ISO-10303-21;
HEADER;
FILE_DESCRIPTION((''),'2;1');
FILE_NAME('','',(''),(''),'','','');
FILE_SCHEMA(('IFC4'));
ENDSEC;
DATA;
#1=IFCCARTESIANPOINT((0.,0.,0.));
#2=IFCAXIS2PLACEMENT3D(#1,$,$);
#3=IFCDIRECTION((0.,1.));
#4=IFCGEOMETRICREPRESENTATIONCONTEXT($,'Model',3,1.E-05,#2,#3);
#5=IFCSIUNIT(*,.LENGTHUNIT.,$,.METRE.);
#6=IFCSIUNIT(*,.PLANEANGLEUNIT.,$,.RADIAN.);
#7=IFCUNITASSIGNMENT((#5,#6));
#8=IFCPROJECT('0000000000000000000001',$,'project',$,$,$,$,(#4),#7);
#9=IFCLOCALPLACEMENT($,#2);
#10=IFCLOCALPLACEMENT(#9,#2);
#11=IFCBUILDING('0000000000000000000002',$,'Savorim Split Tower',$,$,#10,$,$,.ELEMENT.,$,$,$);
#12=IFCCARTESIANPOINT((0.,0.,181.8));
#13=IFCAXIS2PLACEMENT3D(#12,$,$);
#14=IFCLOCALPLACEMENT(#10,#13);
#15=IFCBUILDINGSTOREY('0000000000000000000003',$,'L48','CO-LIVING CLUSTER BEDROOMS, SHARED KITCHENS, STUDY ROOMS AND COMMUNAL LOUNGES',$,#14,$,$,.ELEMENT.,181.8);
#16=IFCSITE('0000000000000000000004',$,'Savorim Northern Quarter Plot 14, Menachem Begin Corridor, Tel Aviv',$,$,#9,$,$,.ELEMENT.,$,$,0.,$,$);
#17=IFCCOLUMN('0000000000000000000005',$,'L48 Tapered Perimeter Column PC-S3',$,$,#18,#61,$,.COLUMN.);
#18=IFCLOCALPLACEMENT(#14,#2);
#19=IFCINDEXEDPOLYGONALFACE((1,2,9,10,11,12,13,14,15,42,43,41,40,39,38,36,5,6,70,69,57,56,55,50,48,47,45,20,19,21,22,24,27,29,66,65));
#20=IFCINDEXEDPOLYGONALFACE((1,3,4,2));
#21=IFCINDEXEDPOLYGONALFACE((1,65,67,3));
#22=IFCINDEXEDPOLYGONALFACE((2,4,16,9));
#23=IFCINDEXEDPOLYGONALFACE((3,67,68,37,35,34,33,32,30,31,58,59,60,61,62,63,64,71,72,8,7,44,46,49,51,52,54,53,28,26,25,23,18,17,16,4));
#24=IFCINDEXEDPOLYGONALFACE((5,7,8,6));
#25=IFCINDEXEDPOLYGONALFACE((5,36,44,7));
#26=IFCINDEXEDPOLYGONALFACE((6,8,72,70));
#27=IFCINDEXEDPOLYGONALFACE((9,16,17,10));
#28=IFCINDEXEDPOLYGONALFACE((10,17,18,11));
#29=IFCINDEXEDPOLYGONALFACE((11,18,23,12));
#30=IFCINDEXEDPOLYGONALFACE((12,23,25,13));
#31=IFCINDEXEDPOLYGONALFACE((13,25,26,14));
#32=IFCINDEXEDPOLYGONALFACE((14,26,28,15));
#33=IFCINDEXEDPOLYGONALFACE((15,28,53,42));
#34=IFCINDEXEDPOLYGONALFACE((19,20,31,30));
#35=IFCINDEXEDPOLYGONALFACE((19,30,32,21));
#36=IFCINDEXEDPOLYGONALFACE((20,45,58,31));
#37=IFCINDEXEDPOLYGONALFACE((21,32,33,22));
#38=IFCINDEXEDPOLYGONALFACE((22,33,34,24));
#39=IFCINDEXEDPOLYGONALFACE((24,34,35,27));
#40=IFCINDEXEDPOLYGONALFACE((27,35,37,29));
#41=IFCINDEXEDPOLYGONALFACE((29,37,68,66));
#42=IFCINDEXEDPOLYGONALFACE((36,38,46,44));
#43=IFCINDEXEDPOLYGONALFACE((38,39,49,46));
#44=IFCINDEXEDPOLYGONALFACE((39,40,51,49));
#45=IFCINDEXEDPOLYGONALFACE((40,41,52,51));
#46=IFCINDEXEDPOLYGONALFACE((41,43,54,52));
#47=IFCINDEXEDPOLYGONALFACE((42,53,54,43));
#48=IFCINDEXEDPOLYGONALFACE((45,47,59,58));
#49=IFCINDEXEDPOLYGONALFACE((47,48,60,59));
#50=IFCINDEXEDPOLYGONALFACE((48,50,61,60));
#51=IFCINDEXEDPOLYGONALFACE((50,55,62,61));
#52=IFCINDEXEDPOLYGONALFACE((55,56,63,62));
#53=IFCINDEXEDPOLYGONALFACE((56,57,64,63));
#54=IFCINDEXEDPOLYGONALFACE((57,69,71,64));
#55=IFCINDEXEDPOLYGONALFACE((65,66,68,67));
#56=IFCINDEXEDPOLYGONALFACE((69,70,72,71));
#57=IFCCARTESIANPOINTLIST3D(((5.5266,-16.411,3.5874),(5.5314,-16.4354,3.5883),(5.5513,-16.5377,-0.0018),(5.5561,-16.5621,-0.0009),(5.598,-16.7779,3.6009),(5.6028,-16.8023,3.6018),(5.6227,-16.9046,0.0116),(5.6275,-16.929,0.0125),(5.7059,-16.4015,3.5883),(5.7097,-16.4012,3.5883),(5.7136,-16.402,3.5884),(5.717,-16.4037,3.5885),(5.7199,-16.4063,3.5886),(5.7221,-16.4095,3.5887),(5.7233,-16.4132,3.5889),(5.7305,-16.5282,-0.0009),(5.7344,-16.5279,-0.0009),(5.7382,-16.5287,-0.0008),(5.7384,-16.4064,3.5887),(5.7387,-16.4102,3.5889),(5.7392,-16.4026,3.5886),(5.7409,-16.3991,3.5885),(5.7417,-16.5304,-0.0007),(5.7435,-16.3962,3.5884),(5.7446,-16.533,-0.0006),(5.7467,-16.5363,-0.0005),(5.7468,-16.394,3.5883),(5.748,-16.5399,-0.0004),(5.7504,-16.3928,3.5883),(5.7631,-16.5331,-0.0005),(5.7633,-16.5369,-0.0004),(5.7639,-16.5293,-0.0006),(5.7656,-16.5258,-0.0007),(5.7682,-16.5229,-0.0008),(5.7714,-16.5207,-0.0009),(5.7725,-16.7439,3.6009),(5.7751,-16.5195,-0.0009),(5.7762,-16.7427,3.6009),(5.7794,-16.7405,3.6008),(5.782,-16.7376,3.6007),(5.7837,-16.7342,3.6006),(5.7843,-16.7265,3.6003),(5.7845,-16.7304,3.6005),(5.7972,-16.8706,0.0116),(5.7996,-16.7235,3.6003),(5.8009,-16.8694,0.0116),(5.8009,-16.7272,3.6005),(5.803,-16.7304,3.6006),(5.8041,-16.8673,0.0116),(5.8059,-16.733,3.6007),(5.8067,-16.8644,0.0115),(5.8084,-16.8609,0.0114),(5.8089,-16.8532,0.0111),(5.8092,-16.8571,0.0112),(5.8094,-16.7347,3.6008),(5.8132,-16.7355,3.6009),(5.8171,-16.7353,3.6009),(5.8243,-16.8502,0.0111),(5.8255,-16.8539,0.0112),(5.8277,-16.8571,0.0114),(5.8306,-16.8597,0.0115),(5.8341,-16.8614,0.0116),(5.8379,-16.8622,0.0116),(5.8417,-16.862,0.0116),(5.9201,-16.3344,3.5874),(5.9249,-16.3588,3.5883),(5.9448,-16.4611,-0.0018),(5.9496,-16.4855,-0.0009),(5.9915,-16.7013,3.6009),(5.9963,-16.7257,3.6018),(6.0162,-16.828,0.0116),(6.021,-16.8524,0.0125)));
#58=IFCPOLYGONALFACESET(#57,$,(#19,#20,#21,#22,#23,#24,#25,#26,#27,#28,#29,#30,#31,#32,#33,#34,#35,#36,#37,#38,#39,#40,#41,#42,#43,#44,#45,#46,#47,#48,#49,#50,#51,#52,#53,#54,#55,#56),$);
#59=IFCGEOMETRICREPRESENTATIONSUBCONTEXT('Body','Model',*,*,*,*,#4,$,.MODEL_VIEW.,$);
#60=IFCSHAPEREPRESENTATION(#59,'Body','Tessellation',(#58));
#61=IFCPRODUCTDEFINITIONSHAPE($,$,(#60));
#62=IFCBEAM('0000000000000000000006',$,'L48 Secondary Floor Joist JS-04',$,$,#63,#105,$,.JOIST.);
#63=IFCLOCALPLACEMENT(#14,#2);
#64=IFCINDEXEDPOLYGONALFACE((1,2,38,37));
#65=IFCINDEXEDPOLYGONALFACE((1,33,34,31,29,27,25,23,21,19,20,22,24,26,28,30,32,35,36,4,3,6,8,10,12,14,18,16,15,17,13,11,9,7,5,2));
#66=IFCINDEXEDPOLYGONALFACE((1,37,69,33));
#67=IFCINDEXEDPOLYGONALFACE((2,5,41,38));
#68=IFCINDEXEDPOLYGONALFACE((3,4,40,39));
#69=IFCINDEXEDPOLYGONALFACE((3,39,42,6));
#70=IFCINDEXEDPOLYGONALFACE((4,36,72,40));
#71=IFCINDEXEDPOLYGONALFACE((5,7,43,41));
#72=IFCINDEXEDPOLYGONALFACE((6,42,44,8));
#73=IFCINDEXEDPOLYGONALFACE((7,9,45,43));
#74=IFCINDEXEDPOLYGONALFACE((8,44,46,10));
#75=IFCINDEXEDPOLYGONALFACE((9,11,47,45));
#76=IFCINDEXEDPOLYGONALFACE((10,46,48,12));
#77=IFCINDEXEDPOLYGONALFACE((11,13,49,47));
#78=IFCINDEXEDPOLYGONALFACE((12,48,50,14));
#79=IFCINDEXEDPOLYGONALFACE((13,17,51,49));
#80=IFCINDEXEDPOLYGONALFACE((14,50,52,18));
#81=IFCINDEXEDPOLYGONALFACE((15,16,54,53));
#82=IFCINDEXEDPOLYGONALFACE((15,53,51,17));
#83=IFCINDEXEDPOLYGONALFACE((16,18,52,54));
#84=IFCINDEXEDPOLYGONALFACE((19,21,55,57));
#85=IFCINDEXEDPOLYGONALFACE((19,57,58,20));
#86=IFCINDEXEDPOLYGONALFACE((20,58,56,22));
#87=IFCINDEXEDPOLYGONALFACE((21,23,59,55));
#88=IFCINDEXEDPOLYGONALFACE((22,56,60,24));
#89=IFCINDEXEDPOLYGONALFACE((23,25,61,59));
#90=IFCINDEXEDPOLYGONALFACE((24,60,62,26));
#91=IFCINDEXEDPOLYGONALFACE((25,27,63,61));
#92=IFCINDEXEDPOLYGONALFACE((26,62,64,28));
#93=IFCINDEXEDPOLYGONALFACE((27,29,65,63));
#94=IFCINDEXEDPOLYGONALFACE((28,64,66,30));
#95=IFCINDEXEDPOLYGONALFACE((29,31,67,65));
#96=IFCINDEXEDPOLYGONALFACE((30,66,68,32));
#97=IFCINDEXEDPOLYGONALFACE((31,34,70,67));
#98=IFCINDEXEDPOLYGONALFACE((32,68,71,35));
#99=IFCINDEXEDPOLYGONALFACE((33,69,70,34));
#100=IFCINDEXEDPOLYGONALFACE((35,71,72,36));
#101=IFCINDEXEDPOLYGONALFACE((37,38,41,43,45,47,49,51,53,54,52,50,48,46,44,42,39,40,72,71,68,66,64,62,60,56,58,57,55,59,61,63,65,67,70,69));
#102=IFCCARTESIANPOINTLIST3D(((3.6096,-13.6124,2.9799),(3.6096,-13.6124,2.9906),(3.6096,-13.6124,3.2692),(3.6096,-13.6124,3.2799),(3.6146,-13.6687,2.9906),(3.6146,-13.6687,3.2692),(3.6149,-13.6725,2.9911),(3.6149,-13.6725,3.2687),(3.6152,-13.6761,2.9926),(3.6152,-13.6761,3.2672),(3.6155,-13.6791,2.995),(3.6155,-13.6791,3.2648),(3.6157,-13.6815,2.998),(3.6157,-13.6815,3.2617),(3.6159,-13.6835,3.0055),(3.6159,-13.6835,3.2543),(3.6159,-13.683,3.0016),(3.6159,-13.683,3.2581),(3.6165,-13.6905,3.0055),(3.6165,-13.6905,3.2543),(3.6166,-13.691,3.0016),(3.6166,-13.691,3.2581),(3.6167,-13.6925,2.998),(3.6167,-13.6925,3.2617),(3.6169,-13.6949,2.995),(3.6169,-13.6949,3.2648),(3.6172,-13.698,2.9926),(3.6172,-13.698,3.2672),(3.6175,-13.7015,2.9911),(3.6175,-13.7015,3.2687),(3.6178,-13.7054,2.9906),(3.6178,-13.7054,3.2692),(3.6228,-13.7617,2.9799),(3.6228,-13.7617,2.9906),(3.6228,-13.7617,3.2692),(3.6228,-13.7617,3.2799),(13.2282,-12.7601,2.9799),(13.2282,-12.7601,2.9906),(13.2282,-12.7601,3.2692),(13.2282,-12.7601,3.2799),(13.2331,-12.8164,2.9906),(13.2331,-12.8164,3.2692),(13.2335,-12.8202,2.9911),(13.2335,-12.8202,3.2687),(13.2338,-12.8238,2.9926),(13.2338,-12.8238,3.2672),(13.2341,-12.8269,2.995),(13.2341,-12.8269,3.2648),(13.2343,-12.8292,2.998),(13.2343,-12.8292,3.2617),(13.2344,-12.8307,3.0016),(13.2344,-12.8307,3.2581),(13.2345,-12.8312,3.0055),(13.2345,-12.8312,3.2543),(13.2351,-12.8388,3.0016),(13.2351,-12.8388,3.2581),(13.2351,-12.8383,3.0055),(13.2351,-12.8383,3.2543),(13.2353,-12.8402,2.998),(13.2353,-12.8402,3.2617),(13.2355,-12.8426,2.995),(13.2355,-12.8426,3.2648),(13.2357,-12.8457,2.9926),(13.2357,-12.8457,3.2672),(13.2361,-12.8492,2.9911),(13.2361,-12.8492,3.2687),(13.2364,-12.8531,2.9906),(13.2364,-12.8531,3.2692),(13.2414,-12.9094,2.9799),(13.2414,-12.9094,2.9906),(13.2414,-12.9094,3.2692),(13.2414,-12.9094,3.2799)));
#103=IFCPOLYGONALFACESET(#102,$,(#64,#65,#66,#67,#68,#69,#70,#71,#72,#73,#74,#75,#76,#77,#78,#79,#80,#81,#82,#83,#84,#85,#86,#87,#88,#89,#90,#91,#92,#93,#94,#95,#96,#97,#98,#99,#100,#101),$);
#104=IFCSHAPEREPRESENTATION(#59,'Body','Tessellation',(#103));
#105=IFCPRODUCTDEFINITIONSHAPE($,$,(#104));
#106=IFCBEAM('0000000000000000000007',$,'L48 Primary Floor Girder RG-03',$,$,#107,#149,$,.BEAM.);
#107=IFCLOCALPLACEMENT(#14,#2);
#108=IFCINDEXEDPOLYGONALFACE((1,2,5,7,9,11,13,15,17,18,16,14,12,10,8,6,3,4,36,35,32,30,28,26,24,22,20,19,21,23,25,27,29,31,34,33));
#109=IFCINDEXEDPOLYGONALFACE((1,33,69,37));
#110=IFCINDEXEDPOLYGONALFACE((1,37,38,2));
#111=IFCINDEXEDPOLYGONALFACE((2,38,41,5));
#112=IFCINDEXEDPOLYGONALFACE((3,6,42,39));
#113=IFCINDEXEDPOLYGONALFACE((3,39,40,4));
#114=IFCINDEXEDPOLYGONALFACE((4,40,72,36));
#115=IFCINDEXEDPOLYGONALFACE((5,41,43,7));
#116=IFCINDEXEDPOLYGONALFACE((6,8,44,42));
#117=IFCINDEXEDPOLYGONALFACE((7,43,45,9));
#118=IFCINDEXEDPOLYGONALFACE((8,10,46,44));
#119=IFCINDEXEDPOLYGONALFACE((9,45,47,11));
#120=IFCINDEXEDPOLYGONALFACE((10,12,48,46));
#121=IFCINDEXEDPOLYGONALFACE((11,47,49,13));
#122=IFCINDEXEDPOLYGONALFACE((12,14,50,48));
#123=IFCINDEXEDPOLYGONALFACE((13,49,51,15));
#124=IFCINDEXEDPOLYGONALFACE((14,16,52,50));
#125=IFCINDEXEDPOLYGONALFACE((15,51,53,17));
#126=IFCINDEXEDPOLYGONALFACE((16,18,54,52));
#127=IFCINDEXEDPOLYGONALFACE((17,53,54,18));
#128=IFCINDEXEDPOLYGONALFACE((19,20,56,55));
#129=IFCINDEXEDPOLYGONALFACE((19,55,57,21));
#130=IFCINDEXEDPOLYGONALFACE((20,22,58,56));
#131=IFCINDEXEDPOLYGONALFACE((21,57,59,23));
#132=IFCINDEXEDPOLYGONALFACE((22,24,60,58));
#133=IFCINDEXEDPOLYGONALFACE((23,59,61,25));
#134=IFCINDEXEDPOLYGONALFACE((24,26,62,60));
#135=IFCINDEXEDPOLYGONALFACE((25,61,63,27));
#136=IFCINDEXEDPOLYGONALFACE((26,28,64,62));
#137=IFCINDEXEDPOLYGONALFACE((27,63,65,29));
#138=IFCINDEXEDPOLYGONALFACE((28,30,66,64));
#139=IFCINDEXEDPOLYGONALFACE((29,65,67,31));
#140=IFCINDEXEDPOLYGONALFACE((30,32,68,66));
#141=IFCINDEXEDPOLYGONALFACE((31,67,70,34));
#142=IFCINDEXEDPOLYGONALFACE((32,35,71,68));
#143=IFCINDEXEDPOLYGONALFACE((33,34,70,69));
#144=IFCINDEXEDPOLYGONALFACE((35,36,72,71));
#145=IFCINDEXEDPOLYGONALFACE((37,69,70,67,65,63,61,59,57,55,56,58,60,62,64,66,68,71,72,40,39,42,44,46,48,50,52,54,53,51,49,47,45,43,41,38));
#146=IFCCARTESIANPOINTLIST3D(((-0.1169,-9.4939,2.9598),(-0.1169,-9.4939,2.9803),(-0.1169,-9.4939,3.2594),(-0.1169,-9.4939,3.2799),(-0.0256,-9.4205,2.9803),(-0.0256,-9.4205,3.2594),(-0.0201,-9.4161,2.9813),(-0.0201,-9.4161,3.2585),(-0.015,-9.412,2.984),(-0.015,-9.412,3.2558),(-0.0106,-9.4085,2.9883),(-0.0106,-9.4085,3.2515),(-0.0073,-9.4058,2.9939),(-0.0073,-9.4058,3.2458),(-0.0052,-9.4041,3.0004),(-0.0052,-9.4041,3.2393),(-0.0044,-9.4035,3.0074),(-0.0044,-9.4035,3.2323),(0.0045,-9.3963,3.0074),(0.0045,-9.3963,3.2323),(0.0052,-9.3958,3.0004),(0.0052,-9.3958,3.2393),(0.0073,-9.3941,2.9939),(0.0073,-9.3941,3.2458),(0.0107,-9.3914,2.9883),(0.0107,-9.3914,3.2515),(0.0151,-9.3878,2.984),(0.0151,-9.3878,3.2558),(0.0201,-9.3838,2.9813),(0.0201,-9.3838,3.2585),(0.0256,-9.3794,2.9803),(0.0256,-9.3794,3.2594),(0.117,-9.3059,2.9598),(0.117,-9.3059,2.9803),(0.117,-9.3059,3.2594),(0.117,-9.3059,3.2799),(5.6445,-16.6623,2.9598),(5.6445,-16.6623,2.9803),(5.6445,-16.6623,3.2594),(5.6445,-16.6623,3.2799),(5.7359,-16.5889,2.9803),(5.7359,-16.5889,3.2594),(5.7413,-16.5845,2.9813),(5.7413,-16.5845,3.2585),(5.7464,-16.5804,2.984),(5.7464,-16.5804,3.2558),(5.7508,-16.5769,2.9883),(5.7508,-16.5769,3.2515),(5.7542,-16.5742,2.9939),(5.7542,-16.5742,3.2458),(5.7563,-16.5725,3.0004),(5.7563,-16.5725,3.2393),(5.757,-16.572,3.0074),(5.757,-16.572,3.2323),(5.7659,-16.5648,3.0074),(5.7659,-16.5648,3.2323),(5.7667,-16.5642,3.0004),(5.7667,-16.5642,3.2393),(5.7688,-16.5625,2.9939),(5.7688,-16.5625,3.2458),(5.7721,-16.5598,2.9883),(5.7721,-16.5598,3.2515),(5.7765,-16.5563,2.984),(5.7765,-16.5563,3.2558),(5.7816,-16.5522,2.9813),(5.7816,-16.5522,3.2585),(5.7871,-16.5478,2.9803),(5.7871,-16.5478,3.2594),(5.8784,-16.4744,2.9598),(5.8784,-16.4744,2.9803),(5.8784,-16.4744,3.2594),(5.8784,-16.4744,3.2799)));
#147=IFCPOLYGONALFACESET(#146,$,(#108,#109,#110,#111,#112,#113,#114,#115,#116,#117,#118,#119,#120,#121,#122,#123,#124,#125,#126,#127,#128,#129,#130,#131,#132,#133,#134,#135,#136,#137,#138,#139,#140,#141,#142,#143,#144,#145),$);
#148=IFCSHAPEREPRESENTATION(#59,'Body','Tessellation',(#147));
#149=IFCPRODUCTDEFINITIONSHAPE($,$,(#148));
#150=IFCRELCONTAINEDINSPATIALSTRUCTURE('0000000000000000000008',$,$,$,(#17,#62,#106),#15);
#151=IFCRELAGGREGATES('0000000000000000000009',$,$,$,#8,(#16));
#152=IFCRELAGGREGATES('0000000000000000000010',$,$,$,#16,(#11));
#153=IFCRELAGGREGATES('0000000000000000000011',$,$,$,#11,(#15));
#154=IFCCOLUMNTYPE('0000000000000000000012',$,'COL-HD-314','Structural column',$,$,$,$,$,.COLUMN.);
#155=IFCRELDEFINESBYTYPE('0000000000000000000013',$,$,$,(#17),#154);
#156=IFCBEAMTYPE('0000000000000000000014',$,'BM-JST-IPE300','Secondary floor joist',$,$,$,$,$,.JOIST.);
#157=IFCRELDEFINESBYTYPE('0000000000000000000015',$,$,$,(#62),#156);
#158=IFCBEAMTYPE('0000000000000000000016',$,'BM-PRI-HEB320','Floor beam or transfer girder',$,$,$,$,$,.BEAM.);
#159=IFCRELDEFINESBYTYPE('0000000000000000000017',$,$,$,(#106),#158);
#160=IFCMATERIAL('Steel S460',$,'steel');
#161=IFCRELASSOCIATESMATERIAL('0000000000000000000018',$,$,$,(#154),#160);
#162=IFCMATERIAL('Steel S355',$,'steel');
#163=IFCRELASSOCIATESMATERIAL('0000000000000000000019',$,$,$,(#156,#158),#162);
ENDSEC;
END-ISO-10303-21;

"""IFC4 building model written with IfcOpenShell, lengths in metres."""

from ifc_helpers import new_model, si_unit, direction, frame, origin, origin_2d, place, context, subcontext, project, spatial, i_section, extrude, material, material_profile, profile_set, type_object, element, save


model = new_model("IFC4")

# Units and contexts
model_context = context("Model", 3, precision=1e-05, world=origin(), true_north=direction((0.0, 1.0)))
body_context = subcontext(model_context, "Body", "Model", "MODEL_VIEW")
ifc_project = project(units=[si_unit("LENGTHUNIT", "METRE"), si_unit("PLANEANGLEUNIT", "RADIAN")], contexts=[model_context])

# Site, building, storey
site_placement = place(None, origin())
site = spatial("IfcSite", under=ifc_project, at=site_placement, Name="Savorim Northern Quarter Plot 14, Menachem Begin Corridor, Tel Aviv", CompositionType="ELEMENT", RefElevation=0.0)
building_placement = place(site_placement, origin())
building = spatial("IfcBuilding", under=site, at=building_placement, Name="Savorim Split Tower", CompositionType="ELEMENT")
storey_placement = place(building_placement, frame((0.0, 0.0, 181.8)))
storey = spatial("IfcBuildingStorey", under=building, at=storey_placement, Name="L48", Description="CO-LIVING CLUSTER BEDROOMS, SHARED KITCHENS, STUDY ROOMS AND COMMUNAL LOUNGES", CompositionType="ELEMENT", Elevation=181.8)

# Column
ifc_material_1 = material(Name="Steel S460", Category="steel")
ifc_material_profile_1 = material_profile(ifc_material_1, i_section(OverallWidth=0.4009, OverallDepth=0.3989, WebThickness=0.0156, FlangeThickness=0.0249, FilletRadius=0.0149, at=origin_2d()), Name="HD 400x314")
ifc_profile_set_1 = profile_set([ifc_material_profile_1], Name="Steel S460")
column_type = type_object("IfcColumnType", Name="COL-HD-314", Description="Structural column", PredefinedType="COLUMN", material=ifc_profile_set_1)
column_placement = place(storey_placement, frame((5.7861, -16.6951, 0.0054), z_axis=(-0.006866, 0.035281, 0.999354), x_axis=(-0.981586, -0.191022, 0.0)))
element("IfcColumn", 1, at=column_placement, inside=storey, type_object=column_type, Name="L48 Tapered Perimeter Column PC-S3", PredefinedType="COLUMN", context=body_context, shape_type="SweptSolid", body=[
    extrude(i_section(OverallWidth=0.4009, OverallDepth=0.3989, WebThickness=0.0156, FlangeThickness=0.0249, FilletRadius=0.0149, at=origin_2d()), origin(), (0.0, 0.0, 1.0), 3.5916),
])

# Beams
ifc_material_2 = material(Name="Steel S355", Category="steel")
ifc_material_profile_2 = material_profile(ifc_material_2, i_section(OverallWidth=0.1499, OverallDepth=0.3, WebThickness=0.0071, FlangeThickness=0.0107, FilletRadius=0.0149, at=origin_2d()), Name="IPE 300")
ifc_profile_set_2 = profile_set([ifc_material_profile_2], Name="Steel S355")
beam_type_1 = type_object("IfcBeamType", Name="BM-JST-IPE300", Description="Secondary floor joist", PredefinedType="JOIST", material=ifc_profile_set_2)
beam_1_placement = place(storey_placement, frame((3.6162, -13.687, 3.1299), z_axis=(0.996097, 0.088263, 0.0), x_axis=(-0.088263, 0.996097, 0.0)))
element("IfcBeam", 2, at=beam_1_placement, inside=storey, type_object=beam_type_1, Name="L48 Secondary Floor Joist JS-04", PredefinedType="JOIST", context=body_context, shape_type="SweptSolid", body=[
    extrude(i_section(OverallWidth=0.1499, OverallDepth=0.3, WebThickness=0.0071, FlangeThickness=0.0107, FilletRadius=0.0149, at=origin_2d()), origin(), (0.0, 0.0, 1.0), 9.6562),
])
ifc_material_profile_3 = material_profile(ifc_material_2, i_section(OverallWidth=0.3, OverallDepth=0.3201, WebThickness=0.0115, FlangeThickness=0.0205, FilletRadius=0.0271, at=origin_2d()), Name="HEB 320")
ifc_profile_set_3 = profile_set([ifc_material_profile_3], Name="Steel S355")
beam_type_2 = type_object("IfcBeamType", Name="BM-PRI-HEB320", Description="Floor beam or transfer girder", PredefinedType="BEAM", material=ifc_profile_set_3)
beam_2_placement = place(storey_placement, frame((5.7615, -16.5684, 3.1199), z_axis=(-0.626464, 0.77945, 0.0), x_axis=(-0.77945, -0.626464, 0.0)))
element("IfcBeam", 3, at=beam_2_placement, inside=storey, type_object=beam_type_2, Name="L48 Primary Floor Girder RG-03", PredefinedType="BEAM", context=body_context, shape_type="SweptSolid", body=[
    extrude(i_section(OverallWidth=0.3, OverallDepth=0.3201, WebThickness=0.0115, FlangeThickness=0.0205, FilletRadius=0.0271, at=origin_2d()), origin(), (0.0, 0.0, 1.0), 9.1968),
])

save(model, "model.ifc")
